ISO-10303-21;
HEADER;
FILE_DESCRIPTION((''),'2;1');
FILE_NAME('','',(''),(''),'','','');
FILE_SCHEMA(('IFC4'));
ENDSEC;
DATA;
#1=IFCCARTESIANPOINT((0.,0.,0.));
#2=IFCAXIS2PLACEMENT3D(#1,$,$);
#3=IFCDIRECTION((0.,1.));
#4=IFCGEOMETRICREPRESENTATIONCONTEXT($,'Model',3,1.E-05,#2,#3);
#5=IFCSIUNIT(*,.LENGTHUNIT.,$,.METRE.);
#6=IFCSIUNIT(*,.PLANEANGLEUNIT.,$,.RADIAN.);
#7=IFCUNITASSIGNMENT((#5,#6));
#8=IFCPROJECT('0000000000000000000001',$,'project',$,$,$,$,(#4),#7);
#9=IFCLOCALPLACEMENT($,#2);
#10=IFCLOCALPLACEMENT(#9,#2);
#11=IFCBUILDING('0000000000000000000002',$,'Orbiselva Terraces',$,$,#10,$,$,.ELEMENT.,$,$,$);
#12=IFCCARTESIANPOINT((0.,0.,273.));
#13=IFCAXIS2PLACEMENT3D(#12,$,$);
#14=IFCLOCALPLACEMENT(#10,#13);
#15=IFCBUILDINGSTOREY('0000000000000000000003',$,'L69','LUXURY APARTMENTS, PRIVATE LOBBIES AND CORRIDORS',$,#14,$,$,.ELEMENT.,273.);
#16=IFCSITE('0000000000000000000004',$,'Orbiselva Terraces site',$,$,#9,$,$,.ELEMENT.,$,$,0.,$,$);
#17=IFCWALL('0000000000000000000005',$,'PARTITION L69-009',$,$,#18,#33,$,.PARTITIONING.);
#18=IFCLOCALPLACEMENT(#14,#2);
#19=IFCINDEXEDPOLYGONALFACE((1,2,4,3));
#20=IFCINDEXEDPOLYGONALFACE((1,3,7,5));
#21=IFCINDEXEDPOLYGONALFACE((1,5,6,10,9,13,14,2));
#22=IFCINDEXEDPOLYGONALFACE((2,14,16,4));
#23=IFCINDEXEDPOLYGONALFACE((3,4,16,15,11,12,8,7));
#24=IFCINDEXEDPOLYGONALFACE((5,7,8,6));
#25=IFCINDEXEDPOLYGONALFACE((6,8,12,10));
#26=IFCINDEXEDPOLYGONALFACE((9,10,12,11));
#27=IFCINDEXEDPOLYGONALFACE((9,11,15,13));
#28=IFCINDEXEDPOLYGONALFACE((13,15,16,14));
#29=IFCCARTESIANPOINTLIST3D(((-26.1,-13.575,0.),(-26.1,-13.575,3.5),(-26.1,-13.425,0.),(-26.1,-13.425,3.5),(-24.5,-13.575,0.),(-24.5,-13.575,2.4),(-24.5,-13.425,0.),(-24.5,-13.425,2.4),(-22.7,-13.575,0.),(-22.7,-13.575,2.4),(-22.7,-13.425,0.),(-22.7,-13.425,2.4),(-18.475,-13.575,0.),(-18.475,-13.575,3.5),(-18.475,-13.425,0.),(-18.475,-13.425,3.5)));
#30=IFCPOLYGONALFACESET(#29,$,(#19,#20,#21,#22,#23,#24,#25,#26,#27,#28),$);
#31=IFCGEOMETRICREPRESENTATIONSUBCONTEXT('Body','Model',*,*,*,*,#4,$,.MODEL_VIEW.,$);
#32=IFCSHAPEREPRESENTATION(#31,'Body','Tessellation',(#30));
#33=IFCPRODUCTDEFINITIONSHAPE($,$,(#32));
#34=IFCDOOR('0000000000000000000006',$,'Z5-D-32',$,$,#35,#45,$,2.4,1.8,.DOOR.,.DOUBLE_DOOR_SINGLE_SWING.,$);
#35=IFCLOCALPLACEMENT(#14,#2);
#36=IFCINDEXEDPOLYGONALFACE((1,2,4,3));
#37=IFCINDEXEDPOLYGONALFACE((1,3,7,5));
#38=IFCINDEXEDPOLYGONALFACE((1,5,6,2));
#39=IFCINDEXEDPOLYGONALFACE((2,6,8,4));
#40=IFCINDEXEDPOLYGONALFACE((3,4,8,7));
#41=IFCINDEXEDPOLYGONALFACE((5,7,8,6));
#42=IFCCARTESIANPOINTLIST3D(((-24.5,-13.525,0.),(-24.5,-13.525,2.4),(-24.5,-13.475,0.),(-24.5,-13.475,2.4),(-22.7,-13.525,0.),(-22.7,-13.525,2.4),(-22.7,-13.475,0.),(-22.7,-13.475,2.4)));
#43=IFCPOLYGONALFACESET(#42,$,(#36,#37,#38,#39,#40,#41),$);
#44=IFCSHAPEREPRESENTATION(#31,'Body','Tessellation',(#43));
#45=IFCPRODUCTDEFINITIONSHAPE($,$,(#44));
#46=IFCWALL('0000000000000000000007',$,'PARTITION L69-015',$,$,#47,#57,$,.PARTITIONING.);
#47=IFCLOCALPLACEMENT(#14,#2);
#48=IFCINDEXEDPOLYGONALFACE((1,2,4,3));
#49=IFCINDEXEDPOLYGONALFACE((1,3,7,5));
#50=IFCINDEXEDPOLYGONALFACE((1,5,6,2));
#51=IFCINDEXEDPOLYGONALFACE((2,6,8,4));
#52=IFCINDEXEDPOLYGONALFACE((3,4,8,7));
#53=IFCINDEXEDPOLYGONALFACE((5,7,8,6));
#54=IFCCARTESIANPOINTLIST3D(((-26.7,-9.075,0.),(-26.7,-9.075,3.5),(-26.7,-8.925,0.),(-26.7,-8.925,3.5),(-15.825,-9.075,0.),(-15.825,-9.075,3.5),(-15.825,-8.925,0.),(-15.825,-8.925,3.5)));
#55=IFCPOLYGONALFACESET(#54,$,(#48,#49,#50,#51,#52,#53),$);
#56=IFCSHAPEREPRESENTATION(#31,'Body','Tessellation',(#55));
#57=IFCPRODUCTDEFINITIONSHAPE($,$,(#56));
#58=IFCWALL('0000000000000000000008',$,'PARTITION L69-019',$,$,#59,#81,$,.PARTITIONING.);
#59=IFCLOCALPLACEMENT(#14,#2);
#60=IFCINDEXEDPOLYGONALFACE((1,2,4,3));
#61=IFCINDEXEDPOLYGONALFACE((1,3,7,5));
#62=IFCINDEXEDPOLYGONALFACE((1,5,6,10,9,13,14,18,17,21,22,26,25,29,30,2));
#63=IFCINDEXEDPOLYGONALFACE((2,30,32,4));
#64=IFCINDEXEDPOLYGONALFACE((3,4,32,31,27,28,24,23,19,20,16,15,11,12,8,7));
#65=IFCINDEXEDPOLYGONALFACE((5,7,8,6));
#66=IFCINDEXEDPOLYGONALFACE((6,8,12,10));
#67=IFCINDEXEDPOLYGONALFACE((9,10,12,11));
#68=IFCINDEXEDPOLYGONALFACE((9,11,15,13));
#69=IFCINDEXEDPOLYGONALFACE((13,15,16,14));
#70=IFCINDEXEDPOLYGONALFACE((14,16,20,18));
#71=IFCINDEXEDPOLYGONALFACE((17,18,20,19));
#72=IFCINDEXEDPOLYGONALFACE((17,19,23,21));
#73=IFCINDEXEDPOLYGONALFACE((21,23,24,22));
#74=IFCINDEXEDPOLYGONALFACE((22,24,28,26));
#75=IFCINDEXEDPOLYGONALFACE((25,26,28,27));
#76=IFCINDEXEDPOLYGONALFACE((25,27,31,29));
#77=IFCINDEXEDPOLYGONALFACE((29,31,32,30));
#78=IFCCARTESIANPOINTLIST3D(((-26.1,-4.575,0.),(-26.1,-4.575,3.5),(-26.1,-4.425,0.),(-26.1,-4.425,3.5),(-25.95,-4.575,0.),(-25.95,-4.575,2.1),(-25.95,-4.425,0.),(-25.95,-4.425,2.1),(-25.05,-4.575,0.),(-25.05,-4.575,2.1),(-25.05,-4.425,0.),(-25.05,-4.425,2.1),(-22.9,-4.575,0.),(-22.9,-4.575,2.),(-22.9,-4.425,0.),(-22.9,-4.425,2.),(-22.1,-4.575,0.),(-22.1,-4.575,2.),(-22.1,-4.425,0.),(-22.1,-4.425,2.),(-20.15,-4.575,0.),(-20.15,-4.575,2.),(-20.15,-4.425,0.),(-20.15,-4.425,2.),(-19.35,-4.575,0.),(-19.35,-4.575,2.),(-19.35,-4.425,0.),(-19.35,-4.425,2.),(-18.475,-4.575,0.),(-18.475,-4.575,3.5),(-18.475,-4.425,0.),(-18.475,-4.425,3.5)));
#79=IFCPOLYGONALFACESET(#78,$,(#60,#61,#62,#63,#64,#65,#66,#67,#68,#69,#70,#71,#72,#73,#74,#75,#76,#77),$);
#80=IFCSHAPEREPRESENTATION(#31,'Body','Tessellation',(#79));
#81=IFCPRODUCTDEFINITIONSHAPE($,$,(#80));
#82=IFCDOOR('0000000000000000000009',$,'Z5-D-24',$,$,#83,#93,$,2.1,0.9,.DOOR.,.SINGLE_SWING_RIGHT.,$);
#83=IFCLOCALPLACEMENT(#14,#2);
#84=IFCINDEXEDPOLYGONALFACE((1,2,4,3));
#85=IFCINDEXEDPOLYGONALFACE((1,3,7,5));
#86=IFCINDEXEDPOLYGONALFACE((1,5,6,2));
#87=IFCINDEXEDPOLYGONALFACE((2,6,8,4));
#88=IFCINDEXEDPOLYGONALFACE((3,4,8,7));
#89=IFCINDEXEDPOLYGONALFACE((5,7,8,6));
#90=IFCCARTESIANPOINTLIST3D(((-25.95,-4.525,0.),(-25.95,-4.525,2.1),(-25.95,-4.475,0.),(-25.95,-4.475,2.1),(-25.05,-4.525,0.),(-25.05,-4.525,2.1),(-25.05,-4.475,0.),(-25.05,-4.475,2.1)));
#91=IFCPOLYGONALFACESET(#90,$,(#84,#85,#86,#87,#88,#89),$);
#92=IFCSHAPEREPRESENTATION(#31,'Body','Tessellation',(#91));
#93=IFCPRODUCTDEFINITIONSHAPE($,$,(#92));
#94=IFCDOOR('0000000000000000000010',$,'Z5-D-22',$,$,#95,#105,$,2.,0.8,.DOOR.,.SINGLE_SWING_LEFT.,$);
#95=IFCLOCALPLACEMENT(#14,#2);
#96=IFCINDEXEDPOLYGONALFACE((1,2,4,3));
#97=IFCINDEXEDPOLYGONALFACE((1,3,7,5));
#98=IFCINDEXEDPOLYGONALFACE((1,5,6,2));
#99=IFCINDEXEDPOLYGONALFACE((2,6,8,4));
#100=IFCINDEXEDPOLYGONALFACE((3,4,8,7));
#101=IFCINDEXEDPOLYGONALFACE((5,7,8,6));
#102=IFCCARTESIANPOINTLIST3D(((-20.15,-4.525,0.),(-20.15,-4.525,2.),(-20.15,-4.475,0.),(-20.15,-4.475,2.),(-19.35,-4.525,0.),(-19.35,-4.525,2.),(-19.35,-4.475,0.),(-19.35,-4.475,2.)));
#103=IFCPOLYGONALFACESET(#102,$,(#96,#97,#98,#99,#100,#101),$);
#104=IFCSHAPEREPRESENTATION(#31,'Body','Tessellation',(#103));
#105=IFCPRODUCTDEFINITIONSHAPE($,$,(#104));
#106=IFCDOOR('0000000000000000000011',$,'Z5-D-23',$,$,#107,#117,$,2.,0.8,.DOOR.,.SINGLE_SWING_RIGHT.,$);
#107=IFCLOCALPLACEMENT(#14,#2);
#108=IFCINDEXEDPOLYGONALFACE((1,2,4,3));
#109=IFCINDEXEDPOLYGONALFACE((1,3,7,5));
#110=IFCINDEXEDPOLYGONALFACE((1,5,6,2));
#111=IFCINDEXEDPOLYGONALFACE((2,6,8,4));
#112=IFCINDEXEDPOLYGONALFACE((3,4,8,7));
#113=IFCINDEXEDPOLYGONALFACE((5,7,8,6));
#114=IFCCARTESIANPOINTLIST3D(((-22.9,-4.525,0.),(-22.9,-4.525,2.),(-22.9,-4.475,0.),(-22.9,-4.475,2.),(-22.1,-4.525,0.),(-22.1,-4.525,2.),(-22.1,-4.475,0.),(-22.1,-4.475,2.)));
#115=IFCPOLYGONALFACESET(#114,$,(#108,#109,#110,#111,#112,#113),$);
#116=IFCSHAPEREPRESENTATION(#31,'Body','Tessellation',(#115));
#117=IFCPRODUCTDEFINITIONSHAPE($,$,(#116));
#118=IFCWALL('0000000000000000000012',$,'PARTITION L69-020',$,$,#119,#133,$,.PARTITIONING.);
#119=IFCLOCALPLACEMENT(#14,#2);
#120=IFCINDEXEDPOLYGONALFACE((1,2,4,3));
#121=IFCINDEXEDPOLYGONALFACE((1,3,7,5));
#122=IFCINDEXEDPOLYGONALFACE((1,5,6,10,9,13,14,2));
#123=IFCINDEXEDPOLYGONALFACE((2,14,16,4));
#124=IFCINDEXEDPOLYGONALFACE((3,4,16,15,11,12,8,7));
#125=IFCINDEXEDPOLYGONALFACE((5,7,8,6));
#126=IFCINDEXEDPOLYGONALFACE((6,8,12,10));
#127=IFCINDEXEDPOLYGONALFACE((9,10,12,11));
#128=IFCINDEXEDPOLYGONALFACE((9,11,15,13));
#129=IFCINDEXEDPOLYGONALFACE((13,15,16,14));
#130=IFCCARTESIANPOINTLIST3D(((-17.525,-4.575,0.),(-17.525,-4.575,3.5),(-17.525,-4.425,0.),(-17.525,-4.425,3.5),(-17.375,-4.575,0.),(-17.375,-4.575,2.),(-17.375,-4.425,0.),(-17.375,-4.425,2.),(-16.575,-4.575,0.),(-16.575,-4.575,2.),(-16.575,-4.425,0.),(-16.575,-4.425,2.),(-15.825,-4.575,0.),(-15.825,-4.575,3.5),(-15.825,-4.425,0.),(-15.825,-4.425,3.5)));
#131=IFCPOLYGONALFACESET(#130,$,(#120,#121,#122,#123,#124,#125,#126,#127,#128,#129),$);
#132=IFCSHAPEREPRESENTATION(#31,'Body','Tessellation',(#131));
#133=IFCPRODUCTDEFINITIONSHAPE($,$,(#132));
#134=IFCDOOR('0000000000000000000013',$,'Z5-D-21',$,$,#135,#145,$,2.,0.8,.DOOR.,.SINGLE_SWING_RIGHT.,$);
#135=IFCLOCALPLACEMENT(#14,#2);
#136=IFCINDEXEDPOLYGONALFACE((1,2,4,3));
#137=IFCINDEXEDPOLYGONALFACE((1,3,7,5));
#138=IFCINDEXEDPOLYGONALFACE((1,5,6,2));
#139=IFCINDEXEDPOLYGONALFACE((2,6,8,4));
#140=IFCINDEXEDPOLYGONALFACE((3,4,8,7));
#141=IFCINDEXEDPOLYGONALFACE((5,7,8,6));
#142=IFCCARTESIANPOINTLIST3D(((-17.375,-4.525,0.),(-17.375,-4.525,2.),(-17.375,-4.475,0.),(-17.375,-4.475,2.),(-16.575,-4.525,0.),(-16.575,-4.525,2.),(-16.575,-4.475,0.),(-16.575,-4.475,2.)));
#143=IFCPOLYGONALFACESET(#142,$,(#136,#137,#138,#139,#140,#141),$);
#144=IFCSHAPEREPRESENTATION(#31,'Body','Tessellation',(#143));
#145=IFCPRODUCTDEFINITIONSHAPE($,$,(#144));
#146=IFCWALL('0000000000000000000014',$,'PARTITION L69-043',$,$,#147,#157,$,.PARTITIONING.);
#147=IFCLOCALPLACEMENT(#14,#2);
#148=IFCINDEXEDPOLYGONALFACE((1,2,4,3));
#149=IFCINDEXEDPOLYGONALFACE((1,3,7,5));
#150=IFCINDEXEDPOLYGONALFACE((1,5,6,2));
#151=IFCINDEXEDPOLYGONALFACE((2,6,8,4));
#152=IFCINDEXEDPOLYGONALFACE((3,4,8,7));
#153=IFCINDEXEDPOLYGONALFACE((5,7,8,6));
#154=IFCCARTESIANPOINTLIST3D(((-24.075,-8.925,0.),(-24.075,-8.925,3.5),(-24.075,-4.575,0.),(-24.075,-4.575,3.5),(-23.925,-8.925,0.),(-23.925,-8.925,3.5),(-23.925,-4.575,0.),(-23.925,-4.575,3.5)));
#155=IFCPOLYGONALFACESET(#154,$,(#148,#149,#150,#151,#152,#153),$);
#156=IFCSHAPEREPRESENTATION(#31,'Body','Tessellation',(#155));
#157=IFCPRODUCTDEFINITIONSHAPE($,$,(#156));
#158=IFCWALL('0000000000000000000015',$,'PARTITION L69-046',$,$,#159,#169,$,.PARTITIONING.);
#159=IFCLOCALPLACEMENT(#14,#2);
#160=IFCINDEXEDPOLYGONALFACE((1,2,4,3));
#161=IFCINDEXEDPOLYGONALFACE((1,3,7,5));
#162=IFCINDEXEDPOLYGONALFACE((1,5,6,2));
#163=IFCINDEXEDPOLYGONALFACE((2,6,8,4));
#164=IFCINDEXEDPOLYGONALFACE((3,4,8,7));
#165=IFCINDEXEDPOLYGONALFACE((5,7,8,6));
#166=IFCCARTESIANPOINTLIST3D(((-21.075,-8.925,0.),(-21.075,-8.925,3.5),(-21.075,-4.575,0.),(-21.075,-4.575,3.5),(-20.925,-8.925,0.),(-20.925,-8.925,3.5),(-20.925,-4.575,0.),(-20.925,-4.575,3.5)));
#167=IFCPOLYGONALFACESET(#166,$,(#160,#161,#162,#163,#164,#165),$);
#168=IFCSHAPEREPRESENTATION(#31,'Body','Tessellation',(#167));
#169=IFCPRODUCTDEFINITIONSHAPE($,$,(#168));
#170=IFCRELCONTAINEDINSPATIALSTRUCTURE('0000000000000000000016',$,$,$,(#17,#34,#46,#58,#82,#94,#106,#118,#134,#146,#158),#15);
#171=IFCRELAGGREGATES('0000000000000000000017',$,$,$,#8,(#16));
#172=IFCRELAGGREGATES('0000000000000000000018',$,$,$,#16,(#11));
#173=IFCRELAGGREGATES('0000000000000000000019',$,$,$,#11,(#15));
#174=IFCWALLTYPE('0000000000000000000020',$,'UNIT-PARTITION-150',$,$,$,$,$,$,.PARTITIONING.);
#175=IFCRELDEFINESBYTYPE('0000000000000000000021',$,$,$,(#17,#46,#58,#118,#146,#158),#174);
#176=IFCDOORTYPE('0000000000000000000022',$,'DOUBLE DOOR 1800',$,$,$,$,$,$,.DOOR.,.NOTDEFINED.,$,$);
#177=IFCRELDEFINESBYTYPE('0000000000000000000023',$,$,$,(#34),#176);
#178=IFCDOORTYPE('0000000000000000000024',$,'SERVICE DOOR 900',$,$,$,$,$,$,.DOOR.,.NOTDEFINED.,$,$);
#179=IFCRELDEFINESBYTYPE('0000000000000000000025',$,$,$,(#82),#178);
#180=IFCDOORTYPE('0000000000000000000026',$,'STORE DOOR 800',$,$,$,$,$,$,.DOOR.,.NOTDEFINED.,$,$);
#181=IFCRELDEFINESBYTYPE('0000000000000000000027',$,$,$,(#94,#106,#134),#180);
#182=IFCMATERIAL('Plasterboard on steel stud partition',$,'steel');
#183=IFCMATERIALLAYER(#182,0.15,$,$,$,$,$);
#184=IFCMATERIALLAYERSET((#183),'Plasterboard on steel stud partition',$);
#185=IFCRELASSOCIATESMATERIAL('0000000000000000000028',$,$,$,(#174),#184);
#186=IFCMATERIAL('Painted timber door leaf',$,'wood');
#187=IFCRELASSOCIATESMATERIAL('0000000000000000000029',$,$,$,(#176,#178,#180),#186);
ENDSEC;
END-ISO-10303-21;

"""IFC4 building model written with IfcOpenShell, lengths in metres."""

from ifc_helpers import new_model, si_unit, direction, frame, frame_2d, origin, place, context, subcontext, project, spatial, rectangle, extrude, material, layer, layer_set, type_object, element, fill, save


model = new_model("IFC4")

# Units and contexts
model_context = context("Model", 3, precision=1e-05, world=origin(), true_north=direction((0.0, 1.0)))
body_context = subcontext(model_context, "Body", "Model", "MODEL_VIEW")
ifc_project = project(units=[si_unit("LENGTHUNIT", "METRE"), si_unit("PLANEANGLEUNIT", "RADIAN")], contexts=[model_context])

# Site, building, storey
site_placement = place(None, origin())
site = spatial("IfcSite", under=ifc_project, at=site_placement, Name="Orbiselva Terraces site", CompositionType="ELEMENT", RefElevation=0.0)
building_placement = place(site_placement, origin())
building = spatial("IfcBuilding", under=site, at=building_placement, Name="Orbiselva Terraces", CompositionType="ELEMENT")
storey_placement = place(building_placement, frame((0.0, 0.0, 273.0)))
storey = spatial("IfcBuildingStorey", under=building, at=storey_placement, Name="L69", Description="LUXURY APARTMENTS, PRIVATE LOBBIES AND CORRIDORS", CompositionType="ELEMENT", Elevation=273.0)

# Shared definitions
ifc_material_1 = material(Name="Plasterboard on steel stud partition", Category="steel")

# Wall, opening, door
ifc_layer_1 = layer(ifc_material_1, 0.15)
ifc_layer_set_1 = layer_set([ifc_layer_1], Name="Plasterboard on steel stud partition")
wall_type_1 = type_object("IfcWallType", Name="UNIT-PARTITION-150", PredefinedType="PARTITIONING", material=ifc_layer_set_1)
wall_1_placement = place(storey_placement, frame((-18.475, -13.5, 0.0), z_axis=(0.0, 0.0, 1.0), x_axis=(-1.0, 0.0, 0.0)))
wall_1 = element("IfcWall", 1, at=wall_1_placement, inside=storey, type_object=wall_type_1, Name="PARTITION L69-009", PredefinedType="PARTITIONING", context=body_context, shape_type="SweptSolid", body=[
    extrude(rectangle(XDim=7.625, YDim=0.15, at=frame_2d((3.8125, 0.0))), origin(), (0.0, 0.0, 1.0), 3.5),
])
opening_1_placement = place(wall_1_placement, frame((4.225, 0.0, 0.0)))
opening_1 = element("IfcOpeningElement", 2, at=opening_1_placement, cuts=wall_1, PredefinedType="OPENING", context=body_context, shape_type="SweptSolid", body=[
    extrude(rectangle(XDim=1.8, YDim=2.4, at=frame_2d((0.9, 1.2))), frame((0.0, 0.085, 0.0), z_axis=(0.0, -1.0, 0.0), x_axis=(1.0, 0.0, 0.0)), (0.0, 0.0, 1.0), 0.17),
])
ifc_material_2 = material(Name="Painted timber door leaf", Category="wood")
door_type_1 = type_object("IfcDoorType", Name="DOUBLE DOOR 1800", OperationType="NOTDEFINED", PredefinedType="DOOR", material=ifc_material_2)
door_1_placement = place(opening_1_placement, origin())
door_1 = element("IfcDoor", 3, at=door_1_placement, inside=storey, type_object=door_type_1, Name="Z5-D-32", OperationType="DOUBLE_DOOR_SINGLE_SWING", OverallHeight=2.4, OverallWidth=1.8, PredefinedType="DOOR", context=body_context, shape_type="SweptSolid", body=[
    extrude(rectangle(XDim=1.8, YDim=2.4, at=frame_2d((0.9, 1.2))), frame((0.0, 0.025, 0.0), z_axis=(0.0, -1.0, 0.0), x_axis=(1.0, 0.0, 0.0)), (0.0, 0.0, 1.0), 0.05),
])
fill(opening_1, door_1)

# Wall
wall_2_placement = place(storey_placement, frame((-26.7, -9.0, 0.0), z_axis=(0.0, 0.0, 1.0), x_axis=(1.0, 0.0, 0.0)))
element("IfcWall", 4, at=wall_2_placement, inside=storey, type_object=wall_type_1, Name="PARTITION L69-015", PredefinedType="PARTITIONING", context=body_context, shape_type="SweptSolid", body=[
    extrude(rectangle(XDim=10.875, YDim=0.15, at=frame_2d((5.4375, 0.0))), origin(), (0.0, 0.0, 1.0), 3.5),
])

# Wall, openings, doors
wall_3_placement = place(storey_placement, frame((-18.475, -4.5, 0.0), z_axis=(0.0, 0.0, 1.0), x_axis=(-1.0, 0.0, 0.0)))
wall_3 = element("IfcWall", 5, at=wall_3_placement, inside=storey, type_object=wall_type_1, Name="PARTITION L69-019", PredefinedType="PARTITIONING", context=body_context, shape_type="SweptSolid", body=[
    extrude(rectangle(XDim=7.625, YDim=0.15, at=frame_2d((3.8125, 0.0))), origin(), (0.0, 0.0, 1.0), 3.5),
])
opening_2_placement = place(wall_3_placement, frame((0.875, 0.0, 0.0)))
opening_2 = element("IfcOpeningElement", 6, at=opening_2_placement, cuts=wall_3, PredefinedType="OPENING", context=body_context, shape_type="SweptSolid", body=[
    extrude(rectangle(XDim=0.8, YDim=2.0, at=frame_2d((0.4, 1.0))), frame((0.0, 0.085, 0.0), z_axis=(0.0, -1.0, 0.0), x_axis=(1.0, 0.0, 0.0)), (0.0, 0.0, 1.0), 0.17),
])
opening_3_placement = place(wall_3_placement, frame((3.625, 0.0, 0.0)))
opening_3 = element("IfcOpeningElement", 7, at=opening_3_placement, cuts=wall_3, PredefinedType="OPENING", context=body_context, shape_type="SweptSolid", body=[
    extrude(rectangle(XDim=0.8, YDim=2.0, at=frame_2d((0.4, 1.0))), frame((0.0, 0.085, 0.0), z_axis=(0.0, -1.0, 0.0), x_axis=(1.0, 0.0, 0.0)), (0.0, 0.0, 1.0), 0.17),
])
opening_4_placement = place(wall_3_placement, frame((6.575, 0.0, 0.0)))
opening_4 = element("IfcOpeningElement", 8, at=opening_4_placement, cuts=wall_3, PredefinedType="OPENING", context=body_context, shape_type="SweptSolid", body=[
    extrude(rectangle(XDim=0.9, YDim=2.1, at=frame_2d((0.45, 1.05))), frame((0.0, 0.085, 0.0), z_axis=(0.0, -1.0, 0.0), x_axis=(1.0, 0.0, 0.0)), (0.0, 0.0, 1.0), 0.17),
])
door_type_2 = type_object("IfcDoorType", Name="SERVICE DOOR 900", OperationType="NOTDEFINED", PredefinedType="DOOR", material=ifc_material_2)
door_2_placement = place(opening_4_placement, origin())
door_2 = element("IfcDoor", 9, at=door_2_placement, inside=storey, type_object=door_type_2, Name="Z5-D-24", OperationType="SINGLE_SWING_RIGHT", OverallHeight=2.1, OverallWidth=0.9, PredefinedType="DOOR", context=body_context, shape_type="SweptSolid", body=[
    extrude(rectangle(XDim=0.9, YDim=2.1, at=frame_2d((0.45, 1.05))), frame((0.0, 0.025, 0.0), z_axis=(0.0, -1.0, 0.0), x_axis=(1.0, 0.0, 0.0)), (0.0, 0.0, 1.0), 0.05),
])
fill(opening_4, door_2)
door_type_3 = type_object("IfcDoorType", Name="STORE DOOR 800", OperationType="NOTDEFINED", PredefinedType="DOOR", material=ifc_material_2)
door_3_placement = place(opening_2_placement, origin())
door_3 = element("IfcDoor", 10, at=door_3_placement, inside=storey, type_object=door_type_3, Name="Z5-D-22", OperationType="SINGLE_SWING_LEFT", OverallHeight=2.0, OverallWidth=0.8, PredefinedType="DOOR", context=body_context, shape_type="SweptSolid", body=[
    extrude(rectangle(XDim=0.8, YDim=2.0, at=frame_2d((0.4, 1.0))), frame((0.0, 0.025, 0.0), z_axis=(0.0, -1.0, 0.0), x_axis=(1.0, 0.0, 0.0)), (0.0, 0.0, 1.0), 0.05),
])
fill(opening_2, door_3)
door_4_placement = place(opening_3_placement, origin())
door_4 = element("IfcDoor", 11, at=door_4_placement, inside=storey, type_object=door_type_3, Name="Z5-D-23", OperationType="SINGLE_SWING_RIGHT", OverallHeight=2.0, OverallWidth=0.8, PredefinedType="DOOR", context=body_context, shape_type="SweptSolid", body=[
    extrude(rectangle(XDim=0.8, YDim=2.0, at=frame_2d((0.4, 1.0))), frame((0.0, 0.025, 0.0), z_axis=(0.0, -1.0, 0.0), x_axis=(1.0, 0.0, 0.0)), (0.0, 0.0, 1.0), 0.05),
])
fill(opening_3, door_4)

# Wall, opening, door
wall_4_placement = place(storey_placement, frame((-15.825, -4.5, 0.0), z_axis=(0.0, 0.0, 1.0), x_axis=(-1.0, 0.0, 0.0)))
wall_4 = element("IfcWall", 12, at=wall_4_placement, inside=storey, type_object=wall_type_1, Name="PARTITION L69-020", PredefinedType="PARTITIONING", context=body_context, shape_type="SweptSolid", body=[
    extrude(rectangle(XDim=1.7, YDim=0.15, at=frame_2d((0.85, 0.0))), origin(), (0.0, 0.0, 1.0), 3.5),
])
opening_5_placement = place(wall_4_placement, frame((0.75, 0.0, 0.0)))
opening_5 = element("IfcOpeningElement", 13, at=opening_5_placement, cuts=wall_4, PredefinedType="OPENING", context=body_context, shape_type="SweptSolid", body=[
    extrude(rectangle(XDim=0.8, YDim=2.0, at=frame_2d((0.4, 1.0))), frame((0.0, 0.085, 0.0), z_axis=(0.0, -1.0, 0.0), x_axis=(1.0, 0.0, 0.0)), (0.0, 0.0, 1.0), 0.17),
])
door_5_placement = place(opening_5_placement, origin())
door_5 = element("IfcDoor", 14, at=door_5_placement, inside=storey, type_object=door_type_3, Name="Z5-D-21", OperationType="SINGLE_SWING_RIGHT", OverallHeight=2.0, OverallWidth=0.8, PredefinedType="DOOR", context=body_context, shape_type="SweptSolid", body=[
    extrude(rectangle(XDim=0.8, YDim=2.0, at=frame_2d((0.4, 1.0))), frame((0.0, 0.025, 0.0), z_axis=(0.0, -1.0, 0.0), x_axis=(1.0, 0.0, 0.0)), (0.0, 0.0, 1.0), 0.05),
])
fill(opening_5, door_5)

# Walls
for number, where, z_axis, x_axis, name in (
    (15, (-24.0, -8.925, 0.0), (0.0, 0.0, 1.0), (0.0, 1.0, 0.0), "PARTITION L69-043"),
    (16, (-21.0, -8.925, 0.0), (0.0, 0.0, 1.0), (0.0, 1.0, 0.0), "PARTITION L69-046"),
):
    element("IfcWall", number, at=place(storey_placement, frame(where, z_axis=z_axis, x_axis=x_axis)), inside=storey, type_object=wall_type_1, Name=name, PredefinedType="PARTITIONING", context=body_context, shape_type="SweptSolid", body=[
        extrude(rectangle(XDim=4.35, YDim=0.15, at=frame_2d((2.175, 0.0))), origin(), (0.0, 0.0, 1.0), 3.5),
    ])

save(model, "model.ifc")
